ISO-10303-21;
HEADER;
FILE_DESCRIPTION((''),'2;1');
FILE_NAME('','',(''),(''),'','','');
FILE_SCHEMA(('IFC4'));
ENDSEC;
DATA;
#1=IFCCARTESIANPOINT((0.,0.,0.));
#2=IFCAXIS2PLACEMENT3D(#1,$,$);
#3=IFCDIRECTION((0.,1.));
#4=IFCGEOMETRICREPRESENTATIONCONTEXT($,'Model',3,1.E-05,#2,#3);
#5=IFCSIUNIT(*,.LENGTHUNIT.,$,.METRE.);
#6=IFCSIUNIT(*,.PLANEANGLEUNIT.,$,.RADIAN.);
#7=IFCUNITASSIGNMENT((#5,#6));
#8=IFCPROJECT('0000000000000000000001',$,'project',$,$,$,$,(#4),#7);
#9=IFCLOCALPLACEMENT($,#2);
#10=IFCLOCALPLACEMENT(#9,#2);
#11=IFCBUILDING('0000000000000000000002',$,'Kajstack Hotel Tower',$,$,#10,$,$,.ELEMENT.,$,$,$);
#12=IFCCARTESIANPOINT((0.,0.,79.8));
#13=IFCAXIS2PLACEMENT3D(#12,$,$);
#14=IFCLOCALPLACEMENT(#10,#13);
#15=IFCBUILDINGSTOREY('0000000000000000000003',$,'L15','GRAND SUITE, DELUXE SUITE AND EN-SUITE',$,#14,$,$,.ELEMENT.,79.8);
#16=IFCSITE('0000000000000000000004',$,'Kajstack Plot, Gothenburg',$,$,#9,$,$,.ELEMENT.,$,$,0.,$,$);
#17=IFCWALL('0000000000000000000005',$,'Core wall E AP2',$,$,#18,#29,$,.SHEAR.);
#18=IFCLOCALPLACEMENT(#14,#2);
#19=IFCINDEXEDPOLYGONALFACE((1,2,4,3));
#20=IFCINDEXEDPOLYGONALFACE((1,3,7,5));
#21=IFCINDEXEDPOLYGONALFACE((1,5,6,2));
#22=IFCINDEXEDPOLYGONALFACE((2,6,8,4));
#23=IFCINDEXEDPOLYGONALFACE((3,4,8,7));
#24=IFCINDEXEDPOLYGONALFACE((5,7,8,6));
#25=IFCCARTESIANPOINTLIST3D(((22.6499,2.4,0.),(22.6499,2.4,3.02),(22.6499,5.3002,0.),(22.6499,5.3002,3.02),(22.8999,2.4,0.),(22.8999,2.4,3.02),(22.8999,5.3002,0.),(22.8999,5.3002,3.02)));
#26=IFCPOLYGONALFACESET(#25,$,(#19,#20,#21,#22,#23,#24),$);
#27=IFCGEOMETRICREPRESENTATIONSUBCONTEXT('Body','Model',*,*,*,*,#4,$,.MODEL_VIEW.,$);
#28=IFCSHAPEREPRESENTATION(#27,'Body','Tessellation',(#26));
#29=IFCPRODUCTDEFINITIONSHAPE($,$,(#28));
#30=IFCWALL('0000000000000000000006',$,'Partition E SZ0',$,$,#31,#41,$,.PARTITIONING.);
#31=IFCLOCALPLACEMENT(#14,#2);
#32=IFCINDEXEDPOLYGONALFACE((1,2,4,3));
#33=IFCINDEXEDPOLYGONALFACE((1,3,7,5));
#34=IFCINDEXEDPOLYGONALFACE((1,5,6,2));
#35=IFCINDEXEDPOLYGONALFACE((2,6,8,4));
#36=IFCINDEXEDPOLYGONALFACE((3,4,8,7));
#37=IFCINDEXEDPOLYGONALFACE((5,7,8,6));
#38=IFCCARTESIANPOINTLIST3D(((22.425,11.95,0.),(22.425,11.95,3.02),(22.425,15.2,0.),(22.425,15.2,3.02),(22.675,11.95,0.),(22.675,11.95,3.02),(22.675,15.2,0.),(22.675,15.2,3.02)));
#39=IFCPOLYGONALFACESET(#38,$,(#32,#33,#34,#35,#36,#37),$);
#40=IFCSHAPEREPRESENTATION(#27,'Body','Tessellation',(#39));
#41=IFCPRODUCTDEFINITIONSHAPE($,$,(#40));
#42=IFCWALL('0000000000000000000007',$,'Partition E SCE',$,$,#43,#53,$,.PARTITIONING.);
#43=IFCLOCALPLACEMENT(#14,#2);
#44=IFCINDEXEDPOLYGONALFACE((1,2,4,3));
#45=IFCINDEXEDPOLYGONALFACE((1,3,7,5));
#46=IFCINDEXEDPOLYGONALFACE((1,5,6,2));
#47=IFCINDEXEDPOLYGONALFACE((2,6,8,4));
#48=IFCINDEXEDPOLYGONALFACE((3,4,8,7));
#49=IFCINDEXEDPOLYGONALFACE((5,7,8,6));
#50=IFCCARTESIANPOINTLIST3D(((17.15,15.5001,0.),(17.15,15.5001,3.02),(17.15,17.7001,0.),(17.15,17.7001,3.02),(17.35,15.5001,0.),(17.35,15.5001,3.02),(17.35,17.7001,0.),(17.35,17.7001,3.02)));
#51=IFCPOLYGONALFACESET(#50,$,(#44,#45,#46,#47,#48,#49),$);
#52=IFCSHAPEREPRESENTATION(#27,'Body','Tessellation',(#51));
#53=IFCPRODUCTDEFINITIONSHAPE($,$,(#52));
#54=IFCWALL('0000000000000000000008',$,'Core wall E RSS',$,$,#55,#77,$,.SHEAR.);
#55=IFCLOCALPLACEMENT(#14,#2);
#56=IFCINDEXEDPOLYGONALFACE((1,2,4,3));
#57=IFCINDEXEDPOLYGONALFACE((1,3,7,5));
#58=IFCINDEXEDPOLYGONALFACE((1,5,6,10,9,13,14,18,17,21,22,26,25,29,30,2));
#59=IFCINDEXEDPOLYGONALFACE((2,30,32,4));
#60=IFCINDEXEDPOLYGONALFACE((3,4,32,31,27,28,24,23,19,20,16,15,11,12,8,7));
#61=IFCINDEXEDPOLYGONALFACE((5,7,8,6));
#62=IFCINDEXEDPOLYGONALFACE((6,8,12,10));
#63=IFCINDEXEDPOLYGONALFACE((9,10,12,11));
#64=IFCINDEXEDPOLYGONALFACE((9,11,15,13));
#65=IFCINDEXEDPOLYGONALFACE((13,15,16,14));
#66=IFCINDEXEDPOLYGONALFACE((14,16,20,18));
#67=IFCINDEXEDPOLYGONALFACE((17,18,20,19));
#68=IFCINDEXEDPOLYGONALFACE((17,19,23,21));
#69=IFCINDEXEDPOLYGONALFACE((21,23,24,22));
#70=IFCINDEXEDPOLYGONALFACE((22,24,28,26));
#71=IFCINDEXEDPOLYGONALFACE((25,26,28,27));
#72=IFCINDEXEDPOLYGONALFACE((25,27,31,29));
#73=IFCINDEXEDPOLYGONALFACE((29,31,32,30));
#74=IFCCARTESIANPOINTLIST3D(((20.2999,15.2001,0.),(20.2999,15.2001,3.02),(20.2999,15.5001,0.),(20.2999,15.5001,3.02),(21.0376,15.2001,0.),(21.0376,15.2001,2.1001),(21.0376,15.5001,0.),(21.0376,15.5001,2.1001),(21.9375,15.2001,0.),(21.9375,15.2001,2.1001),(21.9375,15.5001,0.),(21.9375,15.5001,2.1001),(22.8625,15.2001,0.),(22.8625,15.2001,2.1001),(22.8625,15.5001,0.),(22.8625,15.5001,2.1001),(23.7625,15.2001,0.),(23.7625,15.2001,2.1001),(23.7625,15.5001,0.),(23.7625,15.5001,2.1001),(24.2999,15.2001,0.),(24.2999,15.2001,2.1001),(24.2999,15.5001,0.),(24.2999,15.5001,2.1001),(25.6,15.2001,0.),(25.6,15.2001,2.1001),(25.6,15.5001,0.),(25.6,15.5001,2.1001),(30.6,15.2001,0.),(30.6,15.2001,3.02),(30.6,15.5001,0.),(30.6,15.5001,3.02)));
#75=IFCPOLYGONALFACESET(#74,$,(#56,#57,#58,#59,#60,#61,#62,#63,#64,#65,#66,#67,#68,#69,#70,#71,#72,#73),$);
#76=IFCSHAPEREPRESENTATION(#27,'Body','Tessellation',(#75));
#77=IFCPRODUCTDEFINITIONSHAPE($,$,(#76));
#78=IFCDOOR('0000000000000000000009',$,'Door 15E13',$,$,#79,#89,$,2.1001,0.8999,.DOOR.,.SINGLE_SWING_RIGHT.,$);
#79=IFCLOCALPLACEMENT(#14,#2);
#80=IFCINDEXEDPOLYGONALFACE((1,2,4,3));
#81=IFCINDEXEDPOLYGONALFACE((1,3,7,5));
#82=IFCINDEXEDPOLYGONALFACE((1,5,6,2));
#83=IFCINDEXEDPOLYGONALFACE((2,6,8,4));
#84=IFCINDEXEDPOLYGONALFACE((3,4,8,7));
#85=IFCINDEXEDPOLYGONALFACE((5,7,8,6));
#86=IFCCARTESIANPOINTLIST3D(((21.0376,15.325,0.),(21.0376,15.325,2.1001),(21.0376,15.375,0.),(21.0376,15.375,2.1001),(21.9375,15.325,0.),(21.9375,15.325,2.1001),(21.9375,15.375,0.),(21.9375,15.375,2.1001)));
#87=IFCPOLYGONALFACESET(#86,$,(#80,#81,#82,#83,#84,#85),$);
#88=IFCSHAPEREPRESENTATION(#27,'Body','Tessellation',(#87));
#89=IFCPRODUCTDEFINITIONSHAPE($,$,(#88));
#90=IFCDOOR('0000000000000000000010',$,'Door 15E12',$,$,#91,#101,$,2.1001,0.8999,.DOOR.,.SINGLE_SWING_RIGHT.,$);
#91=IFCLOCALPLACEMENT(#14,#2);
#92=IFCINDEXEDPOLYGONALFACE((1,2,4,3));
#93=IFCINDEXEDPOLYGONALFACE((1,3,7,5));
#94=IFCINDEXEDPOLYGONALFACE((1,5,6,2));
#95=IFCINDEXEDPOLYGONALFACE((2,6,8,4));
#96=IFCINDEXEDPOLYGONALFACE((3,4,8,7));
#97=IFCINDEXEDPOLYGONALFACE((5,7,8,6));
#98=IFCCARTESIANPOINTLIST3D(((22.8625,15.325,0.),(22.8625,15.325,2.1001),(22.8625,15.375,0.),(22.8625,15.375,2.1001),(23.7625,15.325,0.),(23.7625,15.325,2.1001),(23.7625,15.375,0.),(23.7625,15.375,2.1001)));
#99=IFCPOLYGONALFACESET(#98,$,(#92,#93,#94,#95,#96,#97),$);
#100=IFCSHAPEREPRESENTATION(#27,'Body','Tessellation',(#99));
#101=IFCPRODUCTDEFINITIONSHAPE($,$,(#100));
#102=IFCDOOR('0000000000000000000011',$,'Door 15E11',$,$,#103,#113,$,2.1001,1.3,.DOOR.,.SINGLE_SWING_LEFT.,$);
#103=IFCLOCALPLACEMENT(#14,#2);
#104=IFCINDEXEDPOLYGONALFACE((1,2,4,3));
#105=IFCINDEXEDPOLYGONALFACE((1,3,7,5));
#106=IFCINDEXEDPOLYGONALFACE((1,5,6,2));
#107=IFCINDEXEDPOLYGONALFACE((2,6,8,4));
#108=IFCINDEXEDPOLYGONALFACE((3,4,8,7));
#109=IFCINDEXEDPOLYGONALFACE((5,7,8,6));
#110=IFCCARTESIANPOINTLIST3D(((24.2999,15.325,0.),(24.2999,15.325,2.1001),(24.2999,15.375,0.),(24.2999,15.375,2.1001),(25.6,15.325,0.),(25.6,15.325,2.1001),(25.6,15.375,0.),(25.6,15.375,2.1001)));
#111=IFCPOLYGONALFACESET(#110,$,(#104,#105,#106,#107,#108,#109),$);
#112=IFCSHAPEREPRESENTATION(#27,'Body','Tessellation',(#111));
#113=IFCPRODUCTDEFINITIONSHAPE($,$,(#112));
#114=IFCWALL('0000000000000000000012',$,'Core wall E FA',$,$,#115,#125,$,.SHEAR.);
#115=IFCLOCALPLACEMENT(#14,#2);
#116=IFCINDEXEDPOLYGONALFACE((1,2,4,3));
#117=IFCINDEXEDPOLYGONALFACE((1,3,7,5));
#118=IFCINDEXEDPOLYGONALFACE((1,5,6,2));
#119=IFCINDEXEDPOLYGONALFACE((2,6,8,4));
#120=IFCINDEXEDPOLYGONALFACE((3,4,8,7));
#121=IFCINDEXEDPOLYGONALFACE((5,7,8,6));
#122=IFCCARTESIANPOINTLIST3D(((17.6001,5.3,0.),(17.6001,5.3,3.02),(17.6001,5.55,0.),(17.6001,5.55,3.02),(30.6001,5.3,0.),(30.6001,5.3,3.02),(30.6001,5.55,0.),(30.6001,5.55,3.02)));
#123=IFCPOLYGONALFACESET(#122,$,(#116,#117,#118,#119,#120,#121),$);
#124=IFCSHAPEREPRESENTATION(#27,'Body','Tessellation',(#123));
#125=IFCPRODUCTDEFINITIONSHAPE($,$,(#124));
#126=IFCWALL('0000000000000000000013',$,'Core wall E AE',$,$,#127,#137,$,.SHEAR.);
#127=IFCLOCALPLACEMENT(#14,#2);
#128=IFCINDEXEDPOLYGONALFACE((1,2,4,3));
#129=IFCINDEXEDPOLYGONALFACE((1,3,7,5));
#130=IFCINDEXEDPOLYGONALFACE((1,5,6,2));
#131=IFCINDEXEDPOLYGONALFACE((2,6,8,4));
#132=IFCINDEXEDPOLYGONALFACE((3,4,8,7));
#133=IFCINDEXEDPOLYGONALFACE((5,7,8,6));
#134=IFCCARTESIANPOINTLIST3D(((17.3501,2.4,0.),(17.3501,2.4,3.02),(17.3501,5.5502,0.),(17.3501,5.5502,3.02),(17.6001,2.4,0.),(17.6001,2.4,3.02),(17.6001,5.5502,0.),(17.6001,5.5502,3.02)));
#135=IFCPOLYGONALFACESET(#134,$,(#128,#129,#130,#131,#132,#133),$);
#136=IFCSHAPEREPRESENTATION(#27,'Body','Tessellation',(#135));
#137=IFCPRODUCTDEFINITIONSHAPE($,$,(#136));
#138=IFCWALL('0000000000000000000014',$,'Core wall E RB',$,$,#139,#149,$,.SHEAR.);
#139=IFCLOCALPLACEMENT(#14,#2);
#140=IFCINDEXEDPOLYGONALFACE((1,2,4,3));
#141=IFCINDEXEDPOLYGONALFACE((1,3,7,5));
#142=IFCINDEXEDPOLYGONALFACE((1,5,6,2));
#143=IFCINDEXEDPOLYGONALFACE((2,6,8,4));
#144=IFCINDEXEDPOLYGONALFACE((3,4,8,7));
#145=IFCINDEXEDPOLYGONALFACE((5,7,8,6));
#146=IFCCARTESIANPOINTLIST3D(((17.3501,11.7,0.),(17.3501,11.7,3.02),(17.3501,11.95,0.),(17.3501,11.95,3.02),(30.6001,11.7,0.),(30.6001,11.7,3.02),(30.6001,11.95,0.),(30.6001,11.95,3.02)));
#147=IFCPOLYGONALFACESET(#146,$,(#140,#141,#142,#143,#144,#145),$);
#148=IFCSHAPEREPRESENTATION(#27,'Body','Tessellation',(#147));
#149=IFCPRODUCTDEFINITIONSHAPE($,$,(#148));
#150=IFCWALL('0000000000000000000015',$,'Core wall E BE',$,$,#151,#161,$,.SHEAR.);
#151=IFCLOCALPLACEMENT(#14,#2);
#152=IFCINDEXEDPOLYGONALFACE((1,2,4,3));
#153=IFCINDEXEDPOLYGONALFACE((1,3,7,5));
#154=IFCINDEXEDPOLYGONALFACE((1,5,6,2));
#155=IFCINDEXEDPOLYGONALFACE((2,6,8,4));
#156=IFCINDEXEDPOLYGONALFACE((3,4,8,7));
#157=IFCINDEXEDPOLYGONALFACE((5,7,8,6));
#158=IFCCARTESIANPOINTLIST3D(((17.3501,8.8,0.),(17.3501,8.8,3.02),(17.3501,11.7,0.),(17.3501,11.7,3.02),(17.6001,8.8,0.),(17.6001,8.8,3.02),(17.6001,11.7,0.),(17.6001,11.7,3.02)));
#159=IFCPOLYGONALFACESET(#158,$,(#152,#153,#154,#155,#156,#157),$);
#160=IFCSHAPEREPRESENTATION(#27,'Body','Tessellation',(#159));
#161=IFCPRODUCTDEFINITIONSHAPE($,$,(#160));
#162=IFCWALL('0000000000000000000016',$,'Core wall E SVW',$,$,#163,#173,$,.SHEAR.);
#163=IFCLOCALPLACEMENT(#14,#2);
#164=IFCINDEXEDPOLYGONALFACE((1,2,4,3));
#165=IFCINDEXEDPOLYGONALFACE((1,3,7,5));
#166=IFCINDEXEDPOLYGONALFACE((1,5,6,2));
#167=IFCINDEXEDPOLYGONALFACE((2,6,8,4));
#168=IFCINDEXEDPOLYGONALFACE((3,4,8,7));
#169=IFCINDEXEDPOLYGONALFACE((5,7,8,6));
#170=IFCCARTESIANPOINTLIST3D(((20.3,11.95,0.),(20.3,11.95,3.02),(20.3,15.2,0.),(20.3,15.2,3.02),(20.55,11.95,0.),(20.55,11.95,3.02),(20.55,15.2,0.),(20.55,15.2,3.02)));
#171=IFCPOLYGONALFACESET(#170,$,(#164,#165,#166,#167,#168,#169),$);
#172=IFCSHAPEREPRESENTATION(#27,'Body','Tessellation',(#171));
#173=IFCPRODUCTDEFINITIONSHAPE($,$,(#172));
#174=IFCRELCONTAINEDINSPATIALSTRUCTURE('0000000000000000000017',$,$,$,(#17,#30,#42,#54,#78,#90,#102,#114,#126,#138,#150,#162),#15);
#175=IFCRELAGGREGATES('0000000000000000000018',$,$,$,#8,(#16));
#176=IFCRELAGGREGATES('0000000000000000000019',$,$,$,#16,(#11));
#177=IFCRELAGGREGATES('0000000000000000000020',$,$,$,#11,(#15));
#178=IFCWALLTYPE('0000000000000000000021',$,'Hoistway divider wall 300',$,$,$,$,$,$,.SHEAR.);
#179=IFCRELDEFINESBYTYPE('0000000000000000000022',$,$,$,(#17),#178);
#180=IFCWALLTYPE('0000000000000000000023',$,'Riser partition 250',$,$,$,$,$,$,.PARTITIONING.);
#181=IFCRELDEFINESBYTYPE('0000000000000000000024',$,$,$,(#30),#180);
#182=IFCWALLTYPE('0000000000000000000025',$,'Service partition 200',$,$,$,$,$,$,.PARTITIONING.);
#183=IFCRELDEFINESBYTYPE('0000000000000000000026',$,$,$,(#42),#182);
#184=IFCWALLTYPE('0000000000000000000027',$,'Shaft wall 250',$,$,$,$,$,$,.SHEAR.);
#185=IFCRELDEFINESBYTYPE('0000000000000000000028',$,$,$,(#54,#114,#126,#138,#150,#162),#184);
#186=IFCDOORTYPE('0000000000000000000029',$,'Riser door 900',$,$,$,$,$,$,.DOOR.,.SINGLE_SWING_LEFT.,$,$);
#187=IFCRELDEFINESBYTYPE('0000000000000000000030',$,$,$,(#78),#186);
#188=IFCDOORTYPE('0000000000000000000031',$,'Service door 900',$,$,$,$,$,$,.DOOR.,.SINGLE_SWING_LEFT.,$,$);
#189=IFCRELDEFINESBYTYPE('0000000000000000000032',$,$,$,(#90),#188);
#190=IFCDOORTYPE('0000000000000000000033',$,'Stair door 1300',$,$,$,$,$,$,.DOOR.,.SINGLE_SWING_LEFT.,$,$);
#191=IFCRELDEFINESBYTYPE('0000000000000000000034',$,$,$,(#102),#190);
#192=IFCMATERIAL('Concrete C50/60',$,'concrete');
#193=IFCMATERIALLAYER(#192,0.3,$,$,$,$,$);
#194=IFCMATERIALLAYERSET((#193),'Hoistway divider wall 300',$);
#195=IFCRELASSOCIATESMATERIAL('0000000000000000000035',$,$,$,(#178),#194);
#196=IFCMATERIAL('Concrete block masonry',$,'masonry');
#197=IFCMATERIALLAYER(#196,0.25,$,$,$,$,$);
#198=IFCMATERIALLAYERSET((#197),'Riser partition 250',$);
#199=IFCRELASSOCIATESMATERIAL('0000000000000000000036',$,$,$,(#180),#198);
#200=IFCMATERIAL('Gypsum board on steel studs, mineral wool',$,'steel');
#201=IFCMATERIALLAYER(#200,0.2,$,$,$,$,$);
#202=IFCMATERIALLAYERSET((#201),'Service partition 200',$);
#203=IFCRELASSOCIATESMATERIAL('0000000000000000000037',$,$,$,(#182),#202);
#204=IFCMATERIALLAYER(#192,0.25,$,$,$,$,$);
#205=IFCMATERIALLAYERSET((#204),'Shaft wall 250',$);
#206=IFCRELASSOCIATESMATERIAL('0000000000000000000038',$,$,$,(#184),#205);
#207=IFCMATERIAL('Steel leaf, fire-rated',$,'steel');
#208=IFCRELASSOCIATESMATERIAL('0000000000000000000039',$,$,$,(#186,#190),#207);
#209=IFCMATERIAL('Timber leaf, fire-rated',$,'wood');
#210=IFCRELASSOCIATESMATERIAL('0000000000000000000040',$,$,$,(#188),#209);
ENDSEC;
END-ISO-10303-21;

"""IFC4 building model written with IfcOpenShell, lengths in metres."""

from ifc_helpers import new_model, si_unit, direction, frame, frame_2d, origin, place, context, subcontext, project, spatial, rectangle, extrude, material, layer, layer_set, type_object, element, fill, save


model = new_model("IFC4")

# Units and contexts
model_context = context("Model", 3, precision=1e-05, world=origin(), true_north=direction((0.0, 1.0)))
body_context = subcontext(model_context, "Body", "Model", "MODEL_VIEW")
ifc_project = project(units=[si_unit("LENGTHUNIT", "METRE"), si_unit("PLANEANGLEUNIT", "RADIAN")], contexts=[model_context])

# Site, building, storey
site_placement = place(None, origin())
site = spatial("IfcSite", under=ifc_project, at=site_placement, Name="Kajstack Plot, Gothenburg", CompositionType="ELEMENT", RefElevation=0.0)
building_placement = place(site_placement, origin())
building = spatial("IfcBuilding", under=site, at=building_placement, Name="Kajstack Hotel Tower", CompositionType="ELEMENT")
storey_placement = place(building_placement, frame((0.0, 0.0, 79.8)))
storey = spatial("IfcBuildingStorey", under=building, at=storey_placement, Name="L15", Description="GRAND SUITE, DELUXE SUITE AND EN-SUITE", CompositionType="ELEMENT", Elevation=79.8)

# Walls
ifc_material_1 = material(Name="Concrete C50/60", Category="concrete")
ifc_layer_1 = layer(ifc_material_1, 0.3)
ifc_layer_set_1 = layer_set([ifc_layer_1], Name="Hoistway divider wall 300")
wall_type_1 = type_object("IfcWallType", Name="Hoistway divider wall 300", PredefinedType="SHEAR", material=ifc_layer_set_1)
wall_1_placement = place(storey_placement, frame((22.7749, 2.3999, 0.0), z_axis=(0.0, 0.0, 1.0), x_axis=(0.0, 1.0, 0.0)))
element("IfcWall", 1, at=wall_1_placement, inside=storey, type_object=wall_type_1, Name="Core wall E AP2", PredefinedType="SHEAR", context=body_context, shape_type="SweptSolid", body=[
    extrude(rectangle(XDim=2.9001, YDim=0.25, at=frame_2d((1.4502, 0.0))), origin(), (0.0, 0.0, 1.0), 3.02),
])
ifc_material_2 = material(Name="Concrete block masonry", Category="masonry")
ifc_layer_2 = layer(ifc_material_2, 0.25)
ifc_layer_set_2 = layer_set([ifc_layer_2], Name="Riser partition 250")
wall_type_2 = type_object("IfcWallType", Name="Riser partition 250", PredefinedType="PARTITIONING", material=ifc_layer_set_2)
wall_2_placement = place(storey_placement, frame((22.55, 11.95, 0.0), z_axis=(0.0, 0.0, 1.0), x_axis=(0.0, 1.0, 0.0)))
element("IfcWall", 2, at=wall_2_placement, inside=storey, type_object=wall_type_2, Name="Partition E SZ0", PredefinedType="PARTITIONING", context=body_context, shape_type="SweptSolid", body=[
    extrude(rectangle(XDim=3.25, YDim=0.25, at=frame_2d((1.625, 0.0))), origin(), (0.0, 0.0, 1.0), 3.02),
])
ifc_material_3 = material(Name="Gypsum board on steel studs, mineral wool", Category="steel")
ifc_layer_3 = layer(ifc_material_3, 0.2)
ifc_layer_set_3 = layer_set([ifc_layer_3], Name="Service partition 200")
wall_type_3 = type_object("IfcWallType", Name="Service partition 200", PredefinedType="PARTITIONING", material=ifc_layer_set_3)
wall_3_placement = place(storey_placement, frame((17.25, 15.5, 0.0), z_axis=(0.0, 0.0, 1.0), x_axis=(0.0, 1.0, 0.0)))
element("IfcWall", 3, at=wall_3_placement, inside=storey, type_object=wall_type_3, Name="Partition E SCE", PredefinedType="PARTITIONING", context=body_context, shape_type="SweptSolid", body=[
    extrude(rectangle(XDim=2.2, YDim=0.2, at=frame_2d((1.1001, 0.0))), origin(), (0.0, 0.0, 1.0), 3.02),
])

# Wall, openings, doors
ifc_layer_4 = layer(ifc_material_1, 0.25)
ifc_layer_set_4 = layer_set([ifc_layer_4], Name="Shaft wall 250")
wall_type_4 = type_object("IfcWallType", Name="Shaft wall 250", PredefinedType="SHEAR", material=ifc_layer_set_4)
wall_4_placement = place(storey_placement, frame((20.3, 15.3501, 0.0), z_axis=(0.0, 0.0, 1.0), x_axis=(1.0, 0.0, 0.0)))
wall_4 = element("IfcWall", 4, at=wall_4_placement, inside=storey, type_object=wall_type_4, Name="Core wall E RSS", PredefinedType="SHEAR", context=body_context, shape_type="SweptSolid", body=[
    extrude(rectangle(XDim=10.3, YDim=0.3, at=frame_2d((5.1499, 0.0))), origin(), (0.0, 0.0, 1.0), 3.02),
])
opening_1_placement = place(wall_4_placement, frame((4.0, 0.0, 0.0)))
opening_1 = element("IfcOpeningElement", 5, at=opening_1_placement, cuts=wall_4, PredefinedType="OPENING", context=body_context, shape_type="SweptSolid", body=[
    extrude(rectangle(XDim=1.3, YDim=2.1001, at=frame_2d((0.6499, 1.05))), frame((0.0, 0.1599, 0.0), z_axis=(0.0, -1.0, 0.0), x_axis=(1.0, 0.0, 0.0)), (0.0, 0.0, 1.0), 0.3201),
])
opening_2_placement = place(wall_4_placement, frame((2.5625, 0.0, 0.0)))
opening_2 = element("IfcOpeningElement", 6, at=opening_2_placement, cuts=wall_4, PredefinedType="OPENING", context=body_context, shape_type="SweptSolid", body=[
    extrude(rectangle(XDim=0.8999, YDim=2.1001, at=frame_2d((0.45, 1.05))), frame((0.0, 0.1599, 0.0), z_axis=(0.0, -1.0, 0.0), x_axis=(1.0, 0.0, 0.0)), (0.0, 0.0, 1.0), 0.3201),
])
opening_3_placement = place(wall_4_placement, frame((0.7375, 0.0, 0.0)))
opening_3 = element("IfcOpeningElement", 7, at=opening_3_placement, cuts=wall_4, PredefinedType="OPENING", context=body_context, shape_type="SweptSolid", body=[
    extrude(rectangle(XDim=0.8999, YDim=2.1001, at=frame_2d((0.45, 1.05))), frame((0.0, 0.1599, 0.0), z_axis=(0.0, -1.0, 0.0), x_axis=(1.0, 0.0, 0.0)), (0.0, 0.0, 1.0), 0.3201),
])
ifc_material_4 = material(Name="Steel leaf, fire-rated", Category="steel")
door_type_1 = type_object("IfcDoorType", Name="Riser door 900", OperationType="SINGLE_SWING_LEFT", PredefinedType="DOOR", material=ifc_material_4)
door_1_placement = place(opening_3_placement, origin())
door_1 = element("IfcDoor", 8, at=door_1_placement, inside=storey, type_object=door_type_1, Name="Door 15E13", OperationType="SINGLE_SWING_RIGHT", OverallHeight=2.1001, OverallWidth=0.8999, PredefinedType="DOOR", context=body_context, shape_type="SweptSolid", body=[
    extrude(rectangle(XDim=0.8999, YDim=2.1001, at=frame_2d((0.45, 1.05))), frame((0.0, 0.0249, 0.0), z_axis=(0.0, -1.0, 0.0), x_axis=(1.0, 0.0, 0.0)), (0.0, 0.0, 1.0), 0.05),
])
fill(opening_3, door_1)
ifc_material_5 = material(Name="Timber leaf, fire-rated", Category="wood")
door_type_2 = type_object("IfcDoorType", Name="Service door 900", OperationType="SINGLE_SWING_LEFT", PredefinedType="DOOR", material=ifc_material_5)
door_2_placement = place(opening_2_placement, origin())
door_2 = element("IfcDoor", 9, at=door_2_placement, inside=storey, type_object=door_type_2, Name="Door 15E12", OperationType="SINGLE_SWING_RIGHT", OverallHeight=2.1001, OverallWidth=0.8999, PredefinedType="DOOR", context=body_context, shape_type="SweptSolid", body=[
    extrude(rectangle(XDim=0.8999, YDim=2.1001, at=frame_2d((0.45, 1.05))), frame((0.0, 0.0249, 0.0), z_axis=(0.0, -1.0, 0.0), x_axis=(1.0, 0.0, 0.0)), (0.0, 0.0, 1.0), 0.05),
])
fill(opening_2, door_2)
door_type_3 = type_object("IfcDoorType", Name="Stair door 1300", OperationType="SINGLE_SWING_LEFT", PredefinedType="DOOR", material=ifc_material_4)
door_3_placement = place(opening_1_placement, origin())
door_3 = element("IfcDoor", 10, at=door_3_placement, inside=storey, type_object=door_type_3, Name="Door 15E11", OperationType="SINGLE_SWING_LEFT", OverallHeight=2.1001, OverallWidth=1.3, PredefinedType="DOOR", context=body_context, shape_type="SweptSolid", body=[
    extrude(rectangle(XDim=1.3, YDim=2.1001, at=frame_2d((0.6499, 1.05))), frame((0.0, 0.0249, 0.0), z_axis=(0.0, -1.0, 0.0), x_axis=(1.0, 0.0, 0.0)), (0.0, 0.0, 1.0), 0.05),
])
fill(opening_1, door_3)

# Walls
wall_5_placement = place(storey_placement, frame((17.6001, 5.425, 0.0), z_axis=(0.0, 0.0, 1.0), x_axis=(1.0, 0.0, 0.0)))
element("IfcWall", 11, at=wall_5_placement, inside=storey, type_object=wall_type_4, Name="Core wall E FA", PredefinedType="SHEAR", context=body_context, shape_type="SweptSolid", body=[
    extrude(rectangle(XDim=13.0, YDim=0.25, at=frame_2d((6.5, 0.0))), origin(), (0.0, 0.0, 1.0), 3.02),
])
wall_6_placement = place(storey_placement, frame((17.4751, 2.3999, 0.0), z_axis=(0.0, 0.0, 1.0), x_axis=(0.0, 1.0, 0.0)))
element("IfcWall", 12, at=wall_6_placement, inside=storey, type_object=wall_type_4, Name="Core wall E AE", PredefinedType="SHEAR", context=body_context, shape_type="SweptSolid", body=[
    extrude(rectangle(XDim=3.1501, YDim=0.25, at=frame_2d((1.5752, 0.0))), origin(), (0.0, 0.0, 1.0), 3.02),
])
wall_7_placement = place(storey_placement, frame((17.3501, 11.825, 0.0), z_axis=(0.0, 0.0, 1.0), x_axis=(1.0, 0.0, 0.0)))
element("IfcWall", 13, at=wall_7_placement, inside=storey, type_object=wall_type_4, Name="Core wall E RB", PredefinedType="SHEAR", context=body_context, shape_type="SweptSolid", body=[
    extrude(rectangle(XDim=13.25, YDim=0.25, at=frame_2d((6.625, 0.0))), origin(), (0.0, 0.0, 1.0), 3.02),
])
wall_8_placement = place(storey_placement, frame((17.4751, 8.8, 0.0), z_axis=(0.0, 0.0, 1.0), x_axis=(0.0, 1.0, 0.0)))
element("IfcWall", 14, at=wall_8_placement, inside=storey, type_object=wall_type_4, Name="Core wall E BE", PredefinedType="SHEAR", context=body_context, shape_type="SweptSolid", body=[
    extrude(rectangle(XDim=2.8999, YDim=0.25, at=frame_2d((1.45, 0.0))), origin(), (0.0, 0.0, 1.0), 3.02),
])
wall_9_placement = place(storey_placement, frame((20.425, 11.95, 0.0), z_axis=(0.0, 0.0, 1.0), x_axis=(0.0, 1.0, 0.0)))
element("IfcWall", 15, at=wall_9_placement, inside=storey, type_object=wall_type_4, Name="Core wall E SVW", PredefinedType="SHEAR", context=body_context, shape_type="SweptSolid", body=[
    extrude(rectangle(XDim=3.25, YDim=0.25, at=frame_2d((1.625, 0.0))), origin(), (0.0, 0.0, 1.0), 3.02),
])

save(model, "model.ifc")
